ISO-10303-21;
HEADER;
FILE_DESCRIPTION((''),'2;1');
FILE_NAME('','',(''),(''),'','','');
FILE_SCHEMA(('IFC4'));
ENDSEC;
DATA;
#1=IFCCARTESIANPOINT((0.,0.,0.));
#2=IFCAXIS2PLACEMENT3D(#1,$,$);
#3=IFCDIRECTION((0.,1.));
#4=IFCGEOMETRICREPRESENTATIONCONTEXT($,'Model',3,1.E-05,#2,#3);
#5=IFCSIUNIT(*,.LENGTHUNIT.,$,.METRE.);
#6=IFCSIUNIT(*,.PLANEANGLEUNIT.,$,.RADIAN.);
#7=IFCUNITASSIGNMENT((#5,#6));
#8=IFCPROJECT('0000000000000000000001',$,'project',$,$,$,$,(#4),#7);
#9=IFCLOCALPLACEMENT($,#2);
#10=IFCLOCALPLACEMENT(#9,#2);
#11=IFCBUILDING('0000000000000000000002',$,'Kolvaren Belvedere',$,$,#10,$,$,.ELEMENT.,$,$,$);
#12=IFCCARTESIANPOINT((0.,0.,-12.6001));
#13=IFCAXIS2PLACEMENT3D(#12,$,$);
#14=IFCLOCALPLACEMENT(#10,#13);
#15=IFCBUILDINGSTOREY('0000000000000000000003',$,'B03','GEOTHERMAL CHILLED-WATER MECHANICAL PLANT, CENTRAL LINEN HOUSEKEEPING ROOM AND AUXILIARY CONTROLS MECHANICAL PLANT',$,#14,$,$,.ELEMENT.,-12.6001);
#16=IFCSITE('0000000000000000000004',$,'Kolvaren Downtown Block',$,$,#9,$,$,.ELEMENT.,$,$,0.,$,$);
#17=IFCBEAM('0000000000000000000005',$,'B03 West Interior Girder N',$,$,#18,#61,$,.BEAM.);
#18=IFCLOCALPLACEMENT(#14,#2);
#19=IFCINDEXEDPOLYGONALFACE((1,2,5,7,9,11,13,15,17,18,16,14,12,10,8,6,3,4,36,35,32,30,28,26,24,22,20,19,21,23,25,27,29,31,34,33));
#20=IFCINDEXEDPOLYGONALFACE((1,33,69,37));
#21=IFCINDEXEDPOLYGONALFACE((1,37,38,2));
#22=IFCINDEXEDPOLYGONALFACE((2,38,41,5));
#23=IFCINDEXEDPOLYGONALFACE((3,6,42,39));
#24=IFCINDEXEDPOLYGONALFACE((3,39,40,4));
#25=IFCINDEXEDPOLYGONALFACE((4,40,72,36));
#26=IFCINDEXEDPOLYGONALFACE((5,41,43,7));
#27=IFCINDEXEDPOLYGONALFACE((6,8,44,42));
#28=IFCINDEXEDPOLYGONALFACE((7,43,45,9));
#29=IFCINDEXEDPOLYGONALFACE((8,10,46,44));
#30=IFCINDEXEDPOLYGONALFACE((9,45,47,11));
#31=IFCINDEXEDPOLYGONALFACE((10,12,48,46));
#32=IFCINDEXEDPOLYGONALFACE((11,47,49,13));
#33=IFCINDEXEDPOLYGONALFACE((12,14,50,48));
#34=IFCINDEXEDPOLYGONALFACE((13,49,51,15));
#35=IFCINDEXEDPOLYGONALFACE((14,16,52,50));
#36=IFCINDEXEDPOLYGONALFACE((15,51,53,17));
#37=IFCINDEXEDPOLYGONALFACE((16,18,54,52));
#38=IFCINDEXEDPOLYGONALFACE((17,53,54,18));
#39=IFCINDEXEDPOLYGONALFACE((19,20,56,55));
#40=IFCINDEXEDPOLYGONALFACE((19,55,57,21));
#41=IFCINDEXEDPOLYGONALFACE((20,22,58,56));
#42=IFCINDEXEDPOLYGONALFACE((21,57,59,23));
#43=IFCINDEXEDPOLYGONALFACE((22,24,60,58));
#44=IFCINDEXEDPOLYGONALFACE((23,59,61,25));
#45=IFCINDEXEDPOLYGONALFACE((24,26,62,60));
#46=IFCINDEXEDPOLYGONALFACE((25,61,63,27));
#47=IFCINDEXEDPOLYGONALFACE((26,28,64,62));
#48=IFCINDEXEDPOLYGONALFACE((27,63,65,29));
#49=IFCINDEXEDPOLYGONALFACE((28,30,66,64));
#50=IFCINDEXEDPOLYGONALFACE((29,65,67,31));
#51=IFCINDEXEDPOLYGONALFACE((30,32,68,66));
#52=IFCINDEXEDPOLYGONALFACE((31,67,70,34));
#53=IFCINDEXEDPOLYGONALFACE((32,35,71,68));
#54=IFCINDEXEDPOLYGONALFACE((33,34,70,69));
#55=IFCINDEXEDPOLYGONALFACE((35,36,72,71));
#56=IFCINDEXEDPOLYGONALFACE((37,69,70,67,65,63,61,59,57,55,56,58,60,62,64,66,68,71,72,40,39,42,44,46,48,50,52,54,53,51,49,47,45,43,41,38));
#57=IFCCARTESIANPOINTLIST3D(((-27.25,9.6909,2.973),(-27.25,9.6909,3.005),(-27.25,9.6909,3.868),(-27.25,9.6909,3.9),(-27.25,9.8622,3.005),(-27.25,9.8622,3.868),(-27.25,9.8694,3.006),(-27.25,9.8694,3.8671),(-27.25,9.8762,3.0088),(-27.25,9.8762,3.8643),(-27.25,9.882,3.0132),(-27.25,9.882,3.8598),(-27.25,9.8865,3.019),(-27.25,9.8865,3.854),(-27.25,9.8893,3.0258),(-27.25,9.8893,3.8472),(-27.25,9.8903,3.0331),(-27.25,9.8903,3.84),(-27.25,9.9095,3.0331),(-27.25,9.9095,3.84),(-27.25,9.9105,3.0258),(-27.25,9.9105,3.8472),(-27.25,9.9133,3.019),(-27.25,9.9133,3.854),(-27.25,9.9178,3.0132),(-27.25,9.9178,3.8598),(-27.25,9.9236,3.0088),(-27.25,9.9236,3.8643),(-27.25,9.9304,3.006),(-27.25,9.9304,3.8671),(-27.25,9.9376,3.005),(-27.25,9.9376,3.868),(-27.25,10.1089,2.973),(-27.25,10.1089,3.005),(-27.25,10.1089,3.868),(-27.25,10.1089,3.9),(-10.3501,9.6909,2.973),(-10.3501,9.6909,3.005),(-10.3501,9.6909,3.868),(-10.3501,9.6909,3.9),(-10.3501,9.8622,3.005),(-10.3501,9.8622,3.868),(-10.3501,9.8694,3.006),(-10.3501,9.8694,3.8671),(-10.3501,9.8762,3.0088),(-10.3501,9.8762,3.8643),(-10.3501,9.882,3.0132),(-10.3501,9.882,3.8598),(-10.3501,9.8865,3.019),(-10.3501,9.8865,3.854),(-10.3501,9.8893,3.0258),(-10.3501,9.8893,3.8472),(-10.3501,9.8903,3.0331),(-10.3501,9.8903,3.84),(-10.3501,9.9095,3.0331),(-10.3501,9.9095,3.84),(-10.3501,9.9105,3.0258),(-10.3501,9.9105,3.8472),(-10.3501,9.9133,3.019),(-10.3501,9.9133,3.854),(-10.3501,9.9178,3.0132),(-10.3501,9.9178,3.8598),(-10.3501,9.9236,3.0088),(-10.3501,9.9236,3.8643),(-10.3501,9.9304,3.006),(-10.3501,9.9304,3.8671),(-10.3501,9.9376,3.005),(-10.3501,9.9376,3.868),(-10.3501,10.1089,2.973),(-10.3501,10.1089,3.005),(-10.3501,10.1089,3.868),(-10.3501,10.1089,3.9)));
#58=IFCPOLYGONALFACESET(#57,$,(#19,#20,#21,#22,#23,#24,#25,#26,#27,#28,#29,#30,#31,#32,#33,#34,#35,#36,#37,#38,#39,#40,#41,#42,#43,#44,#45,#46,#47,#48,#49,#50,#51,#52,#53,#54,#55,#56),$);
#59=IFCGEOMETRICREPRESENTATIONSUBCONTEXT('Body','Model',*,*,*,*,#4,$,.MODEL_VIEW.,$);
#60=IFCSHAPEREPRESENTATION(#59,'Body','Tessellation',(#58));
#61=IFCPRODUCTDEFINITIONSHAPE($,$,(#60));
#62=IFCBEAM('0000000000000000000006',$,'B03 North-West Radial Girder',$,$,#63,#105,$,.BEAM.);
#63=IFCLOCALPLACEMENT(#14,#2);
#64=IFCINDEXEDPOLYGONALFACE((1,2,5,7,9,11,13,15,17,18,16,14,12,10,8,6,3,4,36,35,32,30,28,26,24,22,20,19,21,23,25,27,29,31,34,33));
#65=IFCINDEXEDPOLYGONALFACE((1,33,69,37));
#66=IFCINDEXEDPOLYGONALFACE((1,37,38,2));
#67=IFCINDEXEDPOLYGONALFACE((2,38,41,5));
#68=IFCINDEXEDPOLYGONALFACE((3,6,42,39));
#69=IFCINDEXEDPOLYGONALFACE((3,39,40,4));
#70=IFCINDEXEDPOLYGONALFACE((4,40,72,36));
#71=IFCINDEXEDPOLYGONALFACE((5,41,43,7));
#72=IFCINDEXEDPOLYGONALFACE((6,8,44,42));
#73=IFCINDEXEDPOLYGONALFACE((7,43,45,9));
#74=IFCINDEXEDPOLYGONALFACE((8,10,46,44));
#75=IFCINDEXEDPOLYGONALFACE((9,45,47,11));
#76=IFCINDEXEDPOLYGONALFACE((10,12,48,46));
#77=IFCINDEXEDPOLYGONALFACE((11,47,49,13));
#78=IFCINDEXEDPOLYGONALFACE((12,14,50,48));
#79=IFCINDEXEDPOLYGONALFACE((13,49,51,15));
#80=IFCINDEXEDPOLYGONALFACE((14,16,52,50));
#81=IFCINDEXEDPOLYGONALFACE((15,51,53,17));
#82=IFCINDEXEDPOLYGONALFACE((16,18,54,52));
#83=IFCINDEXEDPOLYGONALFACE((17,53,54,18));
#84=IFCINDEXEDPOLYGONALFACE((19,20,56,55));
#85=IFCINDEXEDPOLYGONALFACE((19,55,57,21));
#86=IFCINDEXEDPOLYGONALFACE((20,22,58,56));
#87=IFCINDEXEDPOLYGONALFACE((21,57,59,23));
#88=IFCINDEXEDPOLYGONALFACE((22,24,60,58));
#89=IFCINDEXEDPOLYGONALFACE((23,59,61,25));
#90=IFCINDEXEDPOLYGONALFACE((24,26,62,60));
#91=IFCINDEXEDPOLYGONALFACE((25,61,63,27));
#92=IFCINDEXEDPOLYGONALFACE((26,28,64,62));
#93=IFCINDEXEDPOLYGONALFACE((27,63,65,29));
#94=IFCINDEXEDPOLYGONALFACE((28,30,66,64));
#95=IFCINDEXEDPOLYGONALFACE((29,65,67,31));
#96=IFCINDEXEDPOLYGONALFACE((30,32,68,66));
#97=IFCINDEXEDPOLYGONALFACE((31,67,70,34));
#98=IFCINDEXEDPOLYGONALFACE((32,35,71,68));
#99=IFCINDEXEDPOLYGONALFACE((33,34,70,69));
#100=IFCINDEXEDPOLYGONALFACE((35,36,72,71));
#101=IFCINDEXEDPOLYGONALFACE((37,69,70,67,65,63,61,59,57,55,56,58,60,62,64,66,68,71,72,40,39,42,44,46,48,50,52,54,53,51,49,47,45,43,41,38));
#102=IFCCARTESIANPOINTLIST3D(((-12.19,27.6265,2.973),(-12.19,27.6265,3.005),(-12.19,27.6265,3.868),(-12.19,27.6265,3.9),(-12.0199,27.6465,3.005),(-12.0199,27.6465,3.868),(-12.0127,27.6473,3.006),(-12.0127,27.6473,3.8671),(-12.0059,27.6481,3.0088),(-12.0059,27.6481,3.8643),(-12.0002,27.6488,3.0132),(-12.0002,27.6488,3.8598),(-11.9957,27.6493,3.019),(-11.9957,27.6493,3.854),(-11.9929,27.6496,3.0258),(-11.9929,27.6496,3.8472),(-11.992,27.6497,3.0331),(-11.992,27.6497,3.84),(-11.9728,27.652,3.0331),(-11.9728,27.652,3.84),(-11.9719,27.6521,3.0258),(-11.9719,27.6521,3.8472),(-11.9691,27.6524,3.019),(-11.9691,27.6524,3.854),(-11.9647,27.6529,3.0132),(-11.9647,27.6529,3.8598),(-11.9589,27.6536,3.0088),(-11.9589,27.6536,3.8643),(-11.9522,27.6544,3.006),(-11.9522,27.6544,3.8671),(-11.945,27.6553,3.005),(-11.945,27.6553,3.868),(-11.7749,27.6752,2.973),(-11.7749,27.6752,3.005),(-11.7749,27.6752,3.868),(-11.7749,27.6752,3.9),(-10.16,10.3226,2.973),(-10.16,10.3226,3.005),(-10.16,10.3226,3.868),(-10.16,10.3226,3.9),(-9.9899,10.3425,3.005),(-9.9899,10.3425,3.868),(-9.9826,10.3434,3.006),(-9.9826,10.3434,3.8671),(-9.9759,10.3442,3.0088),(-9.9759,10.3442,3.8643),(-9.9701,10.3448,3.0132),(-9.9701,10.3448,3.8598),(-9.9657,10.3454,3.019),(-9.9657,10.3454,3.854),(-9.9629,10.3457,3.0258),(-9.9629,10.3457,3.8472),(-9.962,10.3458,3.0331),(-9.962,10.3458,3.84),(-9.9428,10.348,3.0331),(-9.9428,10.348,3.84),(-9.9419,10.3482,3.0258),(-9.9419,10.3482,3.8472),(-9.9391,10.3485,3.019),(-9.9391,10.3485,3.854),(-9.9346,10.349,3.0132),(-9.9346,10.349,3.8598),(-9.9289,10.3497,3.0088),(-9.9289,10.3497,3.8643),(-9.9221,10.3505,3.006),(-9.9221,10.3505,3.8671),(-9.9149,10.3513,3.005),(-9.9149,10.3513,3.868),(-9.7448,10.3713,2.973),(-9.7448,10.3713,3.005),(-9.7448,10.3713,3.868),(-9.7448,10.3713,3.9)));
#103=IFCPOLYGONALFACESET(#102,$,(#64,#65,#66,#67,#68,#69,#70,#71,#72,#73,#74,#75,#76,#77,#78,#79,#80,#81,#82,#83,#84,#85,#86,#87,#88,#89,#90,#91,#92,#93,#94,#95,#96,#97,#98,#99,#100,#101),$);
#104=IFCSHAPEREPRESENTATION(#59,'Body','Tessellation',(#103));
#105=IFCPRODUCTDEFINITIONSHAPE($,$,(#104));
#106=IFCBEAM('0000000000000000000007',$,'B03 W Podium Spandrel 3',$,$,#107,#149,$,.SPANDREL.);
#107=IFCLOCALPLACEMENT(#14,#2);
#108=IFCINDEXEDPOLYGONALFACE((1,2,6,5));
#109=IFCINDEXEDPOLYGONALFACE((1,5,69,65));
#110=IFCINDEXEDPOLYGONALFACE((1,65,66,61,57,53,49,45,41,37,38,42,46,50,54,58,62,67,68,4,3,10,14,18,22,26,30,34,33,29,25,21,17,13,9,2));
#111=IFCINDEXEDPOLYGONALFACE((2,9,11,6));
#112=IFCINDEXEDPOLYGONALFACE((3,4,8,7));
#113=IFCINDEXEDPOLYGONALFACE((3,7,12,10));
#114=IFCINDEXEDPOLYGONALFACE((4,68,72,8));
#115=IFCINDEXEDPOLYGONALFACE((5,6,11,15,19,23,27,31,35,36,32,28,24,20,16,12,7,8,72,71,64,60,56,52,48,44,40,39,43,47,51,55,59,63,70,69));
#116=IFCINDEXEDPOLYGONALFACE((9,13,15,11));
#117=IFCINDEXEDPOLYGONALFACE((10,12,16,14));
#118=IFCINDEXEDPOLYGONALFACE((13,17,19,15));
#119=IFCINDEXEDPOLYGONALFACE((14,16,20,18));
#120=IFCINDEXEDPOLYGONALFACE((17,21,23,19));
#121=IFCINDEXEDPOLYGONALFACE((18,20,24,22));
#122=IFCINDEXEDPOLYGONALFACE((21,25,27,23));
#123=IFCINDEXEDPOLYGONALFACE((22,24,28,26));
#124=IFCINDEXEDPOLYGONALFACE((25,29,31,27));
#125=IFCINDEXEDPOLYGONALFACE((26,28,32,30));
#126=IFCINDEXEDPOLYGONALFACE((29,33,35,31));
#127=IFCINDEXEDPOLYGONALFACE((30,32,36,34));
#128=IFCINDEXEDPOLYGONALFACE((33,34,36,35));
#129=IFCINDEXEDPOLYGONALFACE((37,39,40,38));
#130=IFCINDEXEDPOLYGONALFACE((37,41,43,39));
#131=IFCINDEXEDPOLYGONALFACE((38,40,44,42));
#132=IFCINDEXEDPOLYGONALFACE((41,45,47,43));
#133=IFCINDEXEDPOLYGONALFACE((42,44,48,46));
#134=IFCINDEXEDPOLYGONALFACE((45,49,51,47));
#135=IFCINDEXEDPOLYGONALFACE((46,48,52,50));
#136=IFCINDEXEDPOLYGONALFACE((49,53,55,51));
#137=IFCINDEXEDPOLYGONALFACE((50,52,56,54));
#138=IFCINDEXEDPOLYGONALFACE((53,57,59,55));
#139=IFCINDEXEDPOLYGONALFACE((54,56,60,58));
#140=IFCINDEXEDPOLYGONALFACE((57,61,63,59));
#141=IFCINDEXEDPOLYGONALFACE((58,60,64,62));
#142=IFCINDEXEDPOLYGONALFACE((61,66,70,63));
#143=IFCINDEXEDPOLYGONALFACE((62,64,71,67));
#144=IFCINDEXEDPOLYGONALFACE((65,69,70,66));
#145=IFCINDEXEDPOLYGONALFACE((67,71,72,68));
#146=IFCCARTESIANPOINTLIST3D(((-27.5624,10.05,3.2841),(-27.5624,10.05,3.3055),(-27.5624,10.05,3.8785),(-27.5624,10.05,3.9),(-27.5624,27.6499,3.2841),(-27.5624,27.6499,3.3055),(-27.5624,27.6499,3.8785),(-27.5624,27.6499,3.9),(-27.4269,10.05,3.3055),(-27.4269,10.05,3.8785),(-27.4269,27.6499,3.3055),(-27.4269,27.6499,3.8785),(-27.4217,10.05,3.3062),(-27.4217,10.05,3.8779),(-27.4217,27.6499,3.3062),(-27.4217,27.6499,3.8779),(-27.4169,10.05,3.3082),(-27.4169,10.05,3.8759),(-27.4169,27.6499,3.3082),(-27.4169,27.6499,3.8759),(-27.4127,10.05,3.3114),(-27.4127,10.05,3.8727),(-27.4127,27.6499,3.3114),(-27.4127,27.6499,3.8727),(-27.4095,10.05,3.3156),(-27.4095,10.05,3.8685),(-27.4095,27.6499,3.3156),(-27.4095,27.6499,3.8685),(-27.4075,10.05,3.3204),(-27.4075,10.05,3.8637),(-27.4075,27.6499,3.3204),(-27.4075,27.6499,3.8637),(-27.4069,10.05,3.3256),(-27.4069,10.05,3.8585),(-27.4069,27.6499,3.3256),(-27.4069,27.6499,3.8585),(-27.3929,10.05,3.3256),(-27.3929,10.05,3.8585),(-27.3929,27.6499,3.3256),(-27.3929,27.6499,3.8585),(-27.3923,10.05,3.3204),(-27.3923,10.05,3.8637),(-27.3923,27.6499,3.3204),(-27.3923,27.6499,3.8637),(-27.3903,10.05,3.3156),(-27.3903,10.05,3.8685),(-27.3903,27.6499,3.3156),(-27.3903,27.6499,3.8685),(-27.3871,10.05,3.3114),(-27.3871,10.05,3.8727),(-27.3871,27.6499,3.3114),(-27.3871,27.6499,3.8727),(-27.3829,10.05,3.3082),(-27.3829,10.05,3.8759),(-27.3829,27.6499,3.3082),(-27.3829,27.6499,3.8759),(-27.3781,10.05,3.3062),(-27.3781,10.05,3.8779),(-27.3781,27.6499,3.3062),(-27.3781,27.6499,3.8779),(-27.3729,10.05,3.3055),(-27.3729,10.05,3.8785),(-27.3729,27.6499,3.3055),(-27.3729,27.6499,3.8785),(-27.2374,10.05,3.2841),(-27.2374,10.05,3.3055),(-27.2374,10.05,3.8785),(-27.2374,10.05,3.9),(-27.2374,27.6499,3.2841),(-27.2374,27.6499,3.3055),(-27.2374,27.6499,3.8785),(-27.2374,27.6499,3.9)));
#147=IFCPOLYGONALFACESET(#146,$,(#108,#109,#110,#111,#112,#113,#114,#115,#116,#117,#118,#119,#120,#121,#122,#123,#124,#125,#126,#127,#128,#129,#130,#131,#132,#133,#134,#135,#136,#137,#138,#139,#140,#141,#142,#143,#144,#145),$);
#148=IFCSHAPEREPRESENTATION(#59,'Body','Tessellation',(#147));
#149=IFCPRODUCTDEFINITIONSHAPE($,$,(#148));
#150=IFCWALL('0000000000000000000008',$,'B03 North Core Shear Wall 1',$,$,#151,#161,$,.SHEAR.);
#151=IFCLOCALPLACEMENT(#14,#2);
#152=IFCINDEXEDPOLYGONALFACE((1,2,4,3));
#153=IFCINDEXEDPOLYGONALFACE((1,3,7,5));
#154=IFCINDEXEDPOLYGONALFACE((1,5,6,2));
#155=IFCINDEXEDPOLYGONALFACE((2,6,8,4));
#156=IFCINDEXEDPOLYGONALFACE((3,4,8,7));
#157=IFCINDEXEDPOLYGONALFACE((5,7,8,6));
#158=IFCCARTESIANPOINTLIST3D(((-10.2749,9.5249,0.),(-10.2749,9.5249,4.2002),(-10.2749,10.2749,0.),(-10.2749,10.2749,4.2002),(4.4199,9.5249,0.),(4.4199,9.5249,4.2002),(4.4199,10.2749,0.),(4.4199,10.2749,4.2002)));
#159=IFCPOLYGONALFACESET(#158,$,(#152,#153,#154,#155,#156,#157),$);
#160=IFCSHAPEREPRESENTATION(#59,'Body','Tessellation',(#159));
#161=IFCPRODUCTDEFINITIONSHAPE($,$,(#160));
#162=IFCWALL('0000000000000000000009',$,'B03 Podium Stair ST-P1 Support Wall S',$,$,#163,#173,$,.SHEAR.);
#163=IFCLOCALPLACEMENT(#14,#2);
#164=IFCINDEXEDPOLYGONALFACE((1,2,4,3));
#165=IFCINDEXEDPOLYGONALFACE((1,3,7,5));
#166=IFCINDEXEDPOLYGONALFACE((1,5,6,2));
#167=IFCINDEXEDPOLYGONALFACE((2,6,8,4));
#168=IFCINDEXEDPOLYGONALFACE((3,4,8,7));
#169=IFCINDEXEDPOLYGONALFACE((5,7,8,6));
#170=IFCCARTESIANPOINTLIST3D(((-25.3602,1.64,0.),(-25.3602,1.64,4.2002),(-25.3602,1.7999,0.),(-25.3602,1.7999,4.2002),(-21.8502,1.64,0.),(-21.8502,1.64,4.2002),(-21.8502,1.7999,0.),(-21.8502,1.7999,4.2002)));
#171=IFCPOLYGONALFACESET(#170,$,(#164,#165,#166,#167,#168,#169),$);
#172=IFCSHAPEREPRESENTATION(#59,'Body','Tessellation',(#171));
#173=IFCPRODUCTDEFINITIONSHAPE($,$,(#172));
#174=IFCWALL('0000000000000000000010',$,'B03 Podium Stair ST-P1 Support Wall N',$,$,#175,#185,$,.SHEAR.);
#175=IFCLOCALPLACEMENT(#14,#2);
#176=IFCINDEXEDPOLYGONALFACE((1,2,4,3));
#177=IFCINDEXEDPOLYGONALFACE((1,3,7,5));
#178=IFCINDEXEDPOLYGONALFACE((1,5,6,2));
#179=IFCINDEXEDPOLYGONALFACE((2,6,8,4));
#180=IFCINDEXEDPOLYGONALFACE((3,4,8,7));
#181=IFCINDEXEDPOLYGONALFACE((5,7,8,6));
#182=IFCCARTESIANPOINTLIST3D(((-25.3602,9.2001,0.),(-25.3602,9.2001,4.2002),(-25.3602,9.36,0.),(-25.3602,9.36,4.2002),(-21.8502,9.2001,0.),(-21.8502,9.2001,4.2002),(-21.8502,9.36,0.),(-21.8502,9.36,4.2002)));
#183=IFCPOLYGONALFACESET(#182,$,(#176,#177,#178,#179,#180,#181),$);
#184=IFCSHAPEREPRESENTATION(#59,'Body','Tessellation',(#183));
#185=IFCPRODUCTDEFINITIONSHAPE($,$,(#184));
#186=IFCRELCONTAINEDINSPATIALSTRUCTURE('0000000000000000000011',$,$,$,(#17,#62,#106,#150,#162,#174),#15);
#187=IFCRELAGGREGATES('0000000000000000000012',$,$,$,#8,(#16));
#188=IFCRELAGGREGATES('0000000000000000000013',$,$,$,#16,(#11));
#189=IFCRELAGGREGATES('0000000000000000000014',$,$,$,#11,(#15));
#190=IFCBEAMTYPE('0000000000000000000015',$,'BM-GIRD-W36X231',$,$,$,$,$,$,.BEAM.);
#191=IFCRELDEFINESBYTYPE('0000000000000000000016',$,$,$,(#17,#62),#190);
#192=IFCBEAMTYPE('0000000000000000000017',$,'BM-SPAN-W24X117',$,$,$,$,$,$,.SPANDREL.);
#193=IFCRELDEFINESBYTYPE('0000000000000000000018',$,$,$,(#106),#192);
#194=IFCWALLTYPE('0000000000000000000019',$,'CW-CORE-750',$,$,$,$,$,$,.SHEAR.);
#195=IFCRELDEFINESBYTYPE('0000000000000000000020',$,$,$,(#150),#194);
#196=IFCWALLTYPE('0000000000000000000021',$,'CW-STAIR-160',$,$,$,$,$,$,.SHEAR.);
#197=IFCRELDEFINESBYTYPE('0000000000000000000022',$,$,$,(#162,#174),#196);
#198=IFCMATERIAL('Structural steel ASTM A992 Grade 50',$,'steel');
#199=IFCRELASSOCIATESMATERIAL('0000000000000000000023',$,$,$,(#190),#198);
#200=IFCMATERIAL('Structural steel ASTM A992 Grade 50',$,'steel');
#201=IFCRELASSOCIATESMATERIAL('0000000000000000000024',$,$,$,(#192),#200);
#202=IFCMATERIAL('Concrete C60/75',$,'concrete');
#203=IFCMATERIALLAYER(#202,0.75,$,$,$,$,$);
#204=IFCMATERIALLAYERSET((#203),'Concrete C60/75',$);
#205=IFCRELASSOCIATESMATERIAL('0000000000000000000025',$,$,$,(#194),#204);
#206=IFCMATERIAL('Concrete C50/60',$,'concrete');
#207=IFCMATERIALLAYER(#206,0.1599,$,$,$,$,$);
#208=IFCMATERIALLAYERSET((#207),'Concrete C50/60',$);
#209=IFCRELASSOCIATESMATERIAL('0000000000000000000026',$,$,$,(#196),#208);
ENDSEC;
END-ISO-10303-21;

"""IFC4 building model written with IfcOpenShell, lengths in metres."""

from ifc_helpers import new_model, si_unit, direction, frame, frame_2d, origin, origin_2d, place, context, subcontext, project, spatial, rectangle, i_section, extrude, material, layer, layer_set, material_profile, profile_set, type_object, element, save


model = new_model("IFC4")

# Units and contexts
model_context = context("Model", 3, precision=1e-05, world=origin(), true_north=direction((0.0, 1.0)))
body_context = subcontext(model_context, "Body", "Model", "MODEL_VIEW")
ifc_project = project(units=[si_unit("LENGTHUNIT", "METRE"), si_unit("PLANEANGLEUNIT", "RADIAN")], contexts=[model_context])

# Site, building, storey
site_placement = place(None, origin())
site = spatial("IfcSite", under=ifc_project, at=site_placement, Name="Kolvaren Downtown Block", CompositionType="ELEMENT", RefElevation=0.0)
building_placement = place(site_placement, origin())
building = spatial("IfcBuilding", under=site, at=building_placement, Name="Kolvaren Belvedere", CompositionType="ELEMENT")
storey_placement = place(building_placement, frame((0.0, 0.0, -12.6001)))
storey = spatial("IfcBuildingStorey", under=building, at=storey_placement, Name="B03", Description="GEOTHERMAL CHILLED-WATER MECHANICAL PLANT, CENTRAL LINEN HOUSEKEEPING ROOM AND AUXILIARY CONTROLS MECHANICAL PLANT", CompositionType="ELEMENT", Elevation=-12.6001)

# Beams
ifc_material_1 = material(Name="Structural steel ASTM A992 Grade 50", Category="steel")
ifc_material_profile_1 = material_profile(ifc_material_1, i_section(OverallWidth=0.418, OverallDepth=0.927, WebThickness=0.0193, FlangeThickness=0.032, FilletRadius=0.0281, at=origin_2d()), Name="W36X231")
ifc_profile_set_1 = profile_set([ifc_material_profile_1], Name="Structural steel ASTM A992 Grade 50")
beam_type_1 = type_object("IfcBeamType", Name="BM-GIRD-W36X231", PredefinedType="BEAM", material=ifc_profile_set_1)
beam_1_placement = place(storey_placement, frame((-27.25, 9.8999, 3.4365), z_axis=(1.0, 0.0, 0.0), x_axis=(0.0, 1.0, 0.0)))
element("IfcBeam", 1, at=beam_1_placement, inside=storey, type_object=beam_type_1, Name="B03 West Interior Girder N", PredefinedType="BEAM", context=body_context, shape_type="SweptSolid", body=[
    extrude(i_section(OverallWidth=0.418, OverallDepth=0.927, WebThickness=0.0193, FlangeThickness=0.032, FilletRadius=0.0281, at=origin_2d()), origin(), (0.0, 0.0, 1.0), 16.8999),
])
beam_2_placement = place(storey_placement, frame((-9.9524, 10.3469, 3.4365), z_axis=(-0.116517, 0.993189, 0.0), x_axis=(-0.993189, -0.116517, 0.0)))
element("IfcBeam", 2, at=beam_2_placement, inside=storey, type_object=beam_type_1, Name="B03 North-West Radial Girder", PredefinedType="BEAM", context=body_context, shape_type="SweptSolid", body=[
    extrude(i_section(OverallWidth=0.418, OverallDepth=0.927, WebThickness=0.0193, FlangeThickness=0.032, FilletRadius=0.0281, at=origin_2d()), origin(), (0.0, 0.0, 1.0), 17.4226),
])
ifc_material_2 = material(Name="Structural steel ASTM A992 Grade 50", Category="steel")
ifc_material_profile_2 = material_profile(ifc_material_2, i_section(OverallWidth=0.325, OverallDepth=0.616, WebThickness=0.0139, FlangeThickness=0.0215, FilletRadius=0.02, at=origin_2d()), Name="W24X117")
ifc_profile_set_2 = profile_set([ifc_material_profile_2], Name="Structural steel ASTM A992 Grade 50")
beam_type_2 = type_object("IfcBeamType", Name="BM-SPAN-W24X117", PredefinedType="SPANDREL", material=ifc_profile_set_2)
beam_3_placement = place(storey_placement, frame((-27.3999, 10.05, 3.592), z_axis=(0.0, 1.0, 0.0), x_axis=(-1.0, 0.0, 0.0)))
element("IfcBeam", 3, at=beam_3_placement, inside=storey, type_object=beam_type_2, Name="B03 W Podium Spandrel 3", PredefinedType="SPANDREL", context=body_context, shape_type="SweptSolid", body=[
    extrude(i_section(OverallWidth=0.325, OverallDepth=0.616, WebThickness=0.0139, FlangeThickness=0.0215, FilletRadius=0.02, at=origin_2d()), origin(), (0.0, 0.0, 1.0), 17.5999),
])

# Walls
ifc_material_3 = material(Name="Concrete C60/75", Category="concrete")
ifc_layer_1 = layer(ifc_material_3, 0.75)
ifc_layer_set_1 = layer_set([ifc_layer_1], Name="Concrete C60/75")
wall_type_1 = type_object("IfcWallType", Name="CW-CORE-750", PredefinedType="SHEAR", material=ifc_layer_set_1)
wall_1_placement = place(storey_placement, frame((-10.2749, 9.8999, 0.0), z_axis=(0.0, 0.0, 1.0), x_axis=(1.0, 0.0, 0.0)))
element("IfcWall", 4, at=wall_1_placement, inside=storey, type_object=wall_type_1, Name="B03 North Core Shear Wall 1", PredefinedType="SHEAR", context=body_context, shape_type="SweptSolid", body=[
    extrude(rectangle(XDim=14.6948, YDim=0.75, at=frame_2d((7.3474, 0.0))), origin(), (0.0, 0.0, 1.0), 4.2002),
])
ifc_material_4 = material(Name="Concrete C50/60", Category="concrete")
ifc_layer_2 = layer(ifc_material_4, 0.1599)
ifc_layer_set_2 = layer_set([ifc_layer_2], Name="Concrete C50/60")
wall_type_2 = type_object("IfcWallType", Name="CW-STAIR-160", PredefinedType="SHEAR", material=ifc_layer_set_2)
for number, where, z_axis, x_axis, name in (
    (5, (-25.3601, 1.72, 0.0), (0.0, 0.0, 1.0), (1.0, 0.0, 0.0), "B03 Podium Stair ST-P1 Support Wall S"),
    (6, (-25.3601, 9.28, 0.0), (0.0, 0.0, 1.0), (1.0, 0.0, 0.0), "B03 Podium Stair ST-P1 Support Wall N"),
):
    element("IfcWall", number, at=place(storey_placement, frame(where, z_axis=z_axis, x_axis=x_axis)), inside=storey, type_object=wall_type_2, Name=name, PredefinedType="SHEAR", context=body_context, shape_type="SweptSolid", body=[
        extrude(rectangle(XDim=3.51, YDim=0.1599, at=frame_2d((1.7549, 0.0))), origin(), (0.0, 0.0, 1.0), 4.2002),
    ])

save(model, "model.ifc")
